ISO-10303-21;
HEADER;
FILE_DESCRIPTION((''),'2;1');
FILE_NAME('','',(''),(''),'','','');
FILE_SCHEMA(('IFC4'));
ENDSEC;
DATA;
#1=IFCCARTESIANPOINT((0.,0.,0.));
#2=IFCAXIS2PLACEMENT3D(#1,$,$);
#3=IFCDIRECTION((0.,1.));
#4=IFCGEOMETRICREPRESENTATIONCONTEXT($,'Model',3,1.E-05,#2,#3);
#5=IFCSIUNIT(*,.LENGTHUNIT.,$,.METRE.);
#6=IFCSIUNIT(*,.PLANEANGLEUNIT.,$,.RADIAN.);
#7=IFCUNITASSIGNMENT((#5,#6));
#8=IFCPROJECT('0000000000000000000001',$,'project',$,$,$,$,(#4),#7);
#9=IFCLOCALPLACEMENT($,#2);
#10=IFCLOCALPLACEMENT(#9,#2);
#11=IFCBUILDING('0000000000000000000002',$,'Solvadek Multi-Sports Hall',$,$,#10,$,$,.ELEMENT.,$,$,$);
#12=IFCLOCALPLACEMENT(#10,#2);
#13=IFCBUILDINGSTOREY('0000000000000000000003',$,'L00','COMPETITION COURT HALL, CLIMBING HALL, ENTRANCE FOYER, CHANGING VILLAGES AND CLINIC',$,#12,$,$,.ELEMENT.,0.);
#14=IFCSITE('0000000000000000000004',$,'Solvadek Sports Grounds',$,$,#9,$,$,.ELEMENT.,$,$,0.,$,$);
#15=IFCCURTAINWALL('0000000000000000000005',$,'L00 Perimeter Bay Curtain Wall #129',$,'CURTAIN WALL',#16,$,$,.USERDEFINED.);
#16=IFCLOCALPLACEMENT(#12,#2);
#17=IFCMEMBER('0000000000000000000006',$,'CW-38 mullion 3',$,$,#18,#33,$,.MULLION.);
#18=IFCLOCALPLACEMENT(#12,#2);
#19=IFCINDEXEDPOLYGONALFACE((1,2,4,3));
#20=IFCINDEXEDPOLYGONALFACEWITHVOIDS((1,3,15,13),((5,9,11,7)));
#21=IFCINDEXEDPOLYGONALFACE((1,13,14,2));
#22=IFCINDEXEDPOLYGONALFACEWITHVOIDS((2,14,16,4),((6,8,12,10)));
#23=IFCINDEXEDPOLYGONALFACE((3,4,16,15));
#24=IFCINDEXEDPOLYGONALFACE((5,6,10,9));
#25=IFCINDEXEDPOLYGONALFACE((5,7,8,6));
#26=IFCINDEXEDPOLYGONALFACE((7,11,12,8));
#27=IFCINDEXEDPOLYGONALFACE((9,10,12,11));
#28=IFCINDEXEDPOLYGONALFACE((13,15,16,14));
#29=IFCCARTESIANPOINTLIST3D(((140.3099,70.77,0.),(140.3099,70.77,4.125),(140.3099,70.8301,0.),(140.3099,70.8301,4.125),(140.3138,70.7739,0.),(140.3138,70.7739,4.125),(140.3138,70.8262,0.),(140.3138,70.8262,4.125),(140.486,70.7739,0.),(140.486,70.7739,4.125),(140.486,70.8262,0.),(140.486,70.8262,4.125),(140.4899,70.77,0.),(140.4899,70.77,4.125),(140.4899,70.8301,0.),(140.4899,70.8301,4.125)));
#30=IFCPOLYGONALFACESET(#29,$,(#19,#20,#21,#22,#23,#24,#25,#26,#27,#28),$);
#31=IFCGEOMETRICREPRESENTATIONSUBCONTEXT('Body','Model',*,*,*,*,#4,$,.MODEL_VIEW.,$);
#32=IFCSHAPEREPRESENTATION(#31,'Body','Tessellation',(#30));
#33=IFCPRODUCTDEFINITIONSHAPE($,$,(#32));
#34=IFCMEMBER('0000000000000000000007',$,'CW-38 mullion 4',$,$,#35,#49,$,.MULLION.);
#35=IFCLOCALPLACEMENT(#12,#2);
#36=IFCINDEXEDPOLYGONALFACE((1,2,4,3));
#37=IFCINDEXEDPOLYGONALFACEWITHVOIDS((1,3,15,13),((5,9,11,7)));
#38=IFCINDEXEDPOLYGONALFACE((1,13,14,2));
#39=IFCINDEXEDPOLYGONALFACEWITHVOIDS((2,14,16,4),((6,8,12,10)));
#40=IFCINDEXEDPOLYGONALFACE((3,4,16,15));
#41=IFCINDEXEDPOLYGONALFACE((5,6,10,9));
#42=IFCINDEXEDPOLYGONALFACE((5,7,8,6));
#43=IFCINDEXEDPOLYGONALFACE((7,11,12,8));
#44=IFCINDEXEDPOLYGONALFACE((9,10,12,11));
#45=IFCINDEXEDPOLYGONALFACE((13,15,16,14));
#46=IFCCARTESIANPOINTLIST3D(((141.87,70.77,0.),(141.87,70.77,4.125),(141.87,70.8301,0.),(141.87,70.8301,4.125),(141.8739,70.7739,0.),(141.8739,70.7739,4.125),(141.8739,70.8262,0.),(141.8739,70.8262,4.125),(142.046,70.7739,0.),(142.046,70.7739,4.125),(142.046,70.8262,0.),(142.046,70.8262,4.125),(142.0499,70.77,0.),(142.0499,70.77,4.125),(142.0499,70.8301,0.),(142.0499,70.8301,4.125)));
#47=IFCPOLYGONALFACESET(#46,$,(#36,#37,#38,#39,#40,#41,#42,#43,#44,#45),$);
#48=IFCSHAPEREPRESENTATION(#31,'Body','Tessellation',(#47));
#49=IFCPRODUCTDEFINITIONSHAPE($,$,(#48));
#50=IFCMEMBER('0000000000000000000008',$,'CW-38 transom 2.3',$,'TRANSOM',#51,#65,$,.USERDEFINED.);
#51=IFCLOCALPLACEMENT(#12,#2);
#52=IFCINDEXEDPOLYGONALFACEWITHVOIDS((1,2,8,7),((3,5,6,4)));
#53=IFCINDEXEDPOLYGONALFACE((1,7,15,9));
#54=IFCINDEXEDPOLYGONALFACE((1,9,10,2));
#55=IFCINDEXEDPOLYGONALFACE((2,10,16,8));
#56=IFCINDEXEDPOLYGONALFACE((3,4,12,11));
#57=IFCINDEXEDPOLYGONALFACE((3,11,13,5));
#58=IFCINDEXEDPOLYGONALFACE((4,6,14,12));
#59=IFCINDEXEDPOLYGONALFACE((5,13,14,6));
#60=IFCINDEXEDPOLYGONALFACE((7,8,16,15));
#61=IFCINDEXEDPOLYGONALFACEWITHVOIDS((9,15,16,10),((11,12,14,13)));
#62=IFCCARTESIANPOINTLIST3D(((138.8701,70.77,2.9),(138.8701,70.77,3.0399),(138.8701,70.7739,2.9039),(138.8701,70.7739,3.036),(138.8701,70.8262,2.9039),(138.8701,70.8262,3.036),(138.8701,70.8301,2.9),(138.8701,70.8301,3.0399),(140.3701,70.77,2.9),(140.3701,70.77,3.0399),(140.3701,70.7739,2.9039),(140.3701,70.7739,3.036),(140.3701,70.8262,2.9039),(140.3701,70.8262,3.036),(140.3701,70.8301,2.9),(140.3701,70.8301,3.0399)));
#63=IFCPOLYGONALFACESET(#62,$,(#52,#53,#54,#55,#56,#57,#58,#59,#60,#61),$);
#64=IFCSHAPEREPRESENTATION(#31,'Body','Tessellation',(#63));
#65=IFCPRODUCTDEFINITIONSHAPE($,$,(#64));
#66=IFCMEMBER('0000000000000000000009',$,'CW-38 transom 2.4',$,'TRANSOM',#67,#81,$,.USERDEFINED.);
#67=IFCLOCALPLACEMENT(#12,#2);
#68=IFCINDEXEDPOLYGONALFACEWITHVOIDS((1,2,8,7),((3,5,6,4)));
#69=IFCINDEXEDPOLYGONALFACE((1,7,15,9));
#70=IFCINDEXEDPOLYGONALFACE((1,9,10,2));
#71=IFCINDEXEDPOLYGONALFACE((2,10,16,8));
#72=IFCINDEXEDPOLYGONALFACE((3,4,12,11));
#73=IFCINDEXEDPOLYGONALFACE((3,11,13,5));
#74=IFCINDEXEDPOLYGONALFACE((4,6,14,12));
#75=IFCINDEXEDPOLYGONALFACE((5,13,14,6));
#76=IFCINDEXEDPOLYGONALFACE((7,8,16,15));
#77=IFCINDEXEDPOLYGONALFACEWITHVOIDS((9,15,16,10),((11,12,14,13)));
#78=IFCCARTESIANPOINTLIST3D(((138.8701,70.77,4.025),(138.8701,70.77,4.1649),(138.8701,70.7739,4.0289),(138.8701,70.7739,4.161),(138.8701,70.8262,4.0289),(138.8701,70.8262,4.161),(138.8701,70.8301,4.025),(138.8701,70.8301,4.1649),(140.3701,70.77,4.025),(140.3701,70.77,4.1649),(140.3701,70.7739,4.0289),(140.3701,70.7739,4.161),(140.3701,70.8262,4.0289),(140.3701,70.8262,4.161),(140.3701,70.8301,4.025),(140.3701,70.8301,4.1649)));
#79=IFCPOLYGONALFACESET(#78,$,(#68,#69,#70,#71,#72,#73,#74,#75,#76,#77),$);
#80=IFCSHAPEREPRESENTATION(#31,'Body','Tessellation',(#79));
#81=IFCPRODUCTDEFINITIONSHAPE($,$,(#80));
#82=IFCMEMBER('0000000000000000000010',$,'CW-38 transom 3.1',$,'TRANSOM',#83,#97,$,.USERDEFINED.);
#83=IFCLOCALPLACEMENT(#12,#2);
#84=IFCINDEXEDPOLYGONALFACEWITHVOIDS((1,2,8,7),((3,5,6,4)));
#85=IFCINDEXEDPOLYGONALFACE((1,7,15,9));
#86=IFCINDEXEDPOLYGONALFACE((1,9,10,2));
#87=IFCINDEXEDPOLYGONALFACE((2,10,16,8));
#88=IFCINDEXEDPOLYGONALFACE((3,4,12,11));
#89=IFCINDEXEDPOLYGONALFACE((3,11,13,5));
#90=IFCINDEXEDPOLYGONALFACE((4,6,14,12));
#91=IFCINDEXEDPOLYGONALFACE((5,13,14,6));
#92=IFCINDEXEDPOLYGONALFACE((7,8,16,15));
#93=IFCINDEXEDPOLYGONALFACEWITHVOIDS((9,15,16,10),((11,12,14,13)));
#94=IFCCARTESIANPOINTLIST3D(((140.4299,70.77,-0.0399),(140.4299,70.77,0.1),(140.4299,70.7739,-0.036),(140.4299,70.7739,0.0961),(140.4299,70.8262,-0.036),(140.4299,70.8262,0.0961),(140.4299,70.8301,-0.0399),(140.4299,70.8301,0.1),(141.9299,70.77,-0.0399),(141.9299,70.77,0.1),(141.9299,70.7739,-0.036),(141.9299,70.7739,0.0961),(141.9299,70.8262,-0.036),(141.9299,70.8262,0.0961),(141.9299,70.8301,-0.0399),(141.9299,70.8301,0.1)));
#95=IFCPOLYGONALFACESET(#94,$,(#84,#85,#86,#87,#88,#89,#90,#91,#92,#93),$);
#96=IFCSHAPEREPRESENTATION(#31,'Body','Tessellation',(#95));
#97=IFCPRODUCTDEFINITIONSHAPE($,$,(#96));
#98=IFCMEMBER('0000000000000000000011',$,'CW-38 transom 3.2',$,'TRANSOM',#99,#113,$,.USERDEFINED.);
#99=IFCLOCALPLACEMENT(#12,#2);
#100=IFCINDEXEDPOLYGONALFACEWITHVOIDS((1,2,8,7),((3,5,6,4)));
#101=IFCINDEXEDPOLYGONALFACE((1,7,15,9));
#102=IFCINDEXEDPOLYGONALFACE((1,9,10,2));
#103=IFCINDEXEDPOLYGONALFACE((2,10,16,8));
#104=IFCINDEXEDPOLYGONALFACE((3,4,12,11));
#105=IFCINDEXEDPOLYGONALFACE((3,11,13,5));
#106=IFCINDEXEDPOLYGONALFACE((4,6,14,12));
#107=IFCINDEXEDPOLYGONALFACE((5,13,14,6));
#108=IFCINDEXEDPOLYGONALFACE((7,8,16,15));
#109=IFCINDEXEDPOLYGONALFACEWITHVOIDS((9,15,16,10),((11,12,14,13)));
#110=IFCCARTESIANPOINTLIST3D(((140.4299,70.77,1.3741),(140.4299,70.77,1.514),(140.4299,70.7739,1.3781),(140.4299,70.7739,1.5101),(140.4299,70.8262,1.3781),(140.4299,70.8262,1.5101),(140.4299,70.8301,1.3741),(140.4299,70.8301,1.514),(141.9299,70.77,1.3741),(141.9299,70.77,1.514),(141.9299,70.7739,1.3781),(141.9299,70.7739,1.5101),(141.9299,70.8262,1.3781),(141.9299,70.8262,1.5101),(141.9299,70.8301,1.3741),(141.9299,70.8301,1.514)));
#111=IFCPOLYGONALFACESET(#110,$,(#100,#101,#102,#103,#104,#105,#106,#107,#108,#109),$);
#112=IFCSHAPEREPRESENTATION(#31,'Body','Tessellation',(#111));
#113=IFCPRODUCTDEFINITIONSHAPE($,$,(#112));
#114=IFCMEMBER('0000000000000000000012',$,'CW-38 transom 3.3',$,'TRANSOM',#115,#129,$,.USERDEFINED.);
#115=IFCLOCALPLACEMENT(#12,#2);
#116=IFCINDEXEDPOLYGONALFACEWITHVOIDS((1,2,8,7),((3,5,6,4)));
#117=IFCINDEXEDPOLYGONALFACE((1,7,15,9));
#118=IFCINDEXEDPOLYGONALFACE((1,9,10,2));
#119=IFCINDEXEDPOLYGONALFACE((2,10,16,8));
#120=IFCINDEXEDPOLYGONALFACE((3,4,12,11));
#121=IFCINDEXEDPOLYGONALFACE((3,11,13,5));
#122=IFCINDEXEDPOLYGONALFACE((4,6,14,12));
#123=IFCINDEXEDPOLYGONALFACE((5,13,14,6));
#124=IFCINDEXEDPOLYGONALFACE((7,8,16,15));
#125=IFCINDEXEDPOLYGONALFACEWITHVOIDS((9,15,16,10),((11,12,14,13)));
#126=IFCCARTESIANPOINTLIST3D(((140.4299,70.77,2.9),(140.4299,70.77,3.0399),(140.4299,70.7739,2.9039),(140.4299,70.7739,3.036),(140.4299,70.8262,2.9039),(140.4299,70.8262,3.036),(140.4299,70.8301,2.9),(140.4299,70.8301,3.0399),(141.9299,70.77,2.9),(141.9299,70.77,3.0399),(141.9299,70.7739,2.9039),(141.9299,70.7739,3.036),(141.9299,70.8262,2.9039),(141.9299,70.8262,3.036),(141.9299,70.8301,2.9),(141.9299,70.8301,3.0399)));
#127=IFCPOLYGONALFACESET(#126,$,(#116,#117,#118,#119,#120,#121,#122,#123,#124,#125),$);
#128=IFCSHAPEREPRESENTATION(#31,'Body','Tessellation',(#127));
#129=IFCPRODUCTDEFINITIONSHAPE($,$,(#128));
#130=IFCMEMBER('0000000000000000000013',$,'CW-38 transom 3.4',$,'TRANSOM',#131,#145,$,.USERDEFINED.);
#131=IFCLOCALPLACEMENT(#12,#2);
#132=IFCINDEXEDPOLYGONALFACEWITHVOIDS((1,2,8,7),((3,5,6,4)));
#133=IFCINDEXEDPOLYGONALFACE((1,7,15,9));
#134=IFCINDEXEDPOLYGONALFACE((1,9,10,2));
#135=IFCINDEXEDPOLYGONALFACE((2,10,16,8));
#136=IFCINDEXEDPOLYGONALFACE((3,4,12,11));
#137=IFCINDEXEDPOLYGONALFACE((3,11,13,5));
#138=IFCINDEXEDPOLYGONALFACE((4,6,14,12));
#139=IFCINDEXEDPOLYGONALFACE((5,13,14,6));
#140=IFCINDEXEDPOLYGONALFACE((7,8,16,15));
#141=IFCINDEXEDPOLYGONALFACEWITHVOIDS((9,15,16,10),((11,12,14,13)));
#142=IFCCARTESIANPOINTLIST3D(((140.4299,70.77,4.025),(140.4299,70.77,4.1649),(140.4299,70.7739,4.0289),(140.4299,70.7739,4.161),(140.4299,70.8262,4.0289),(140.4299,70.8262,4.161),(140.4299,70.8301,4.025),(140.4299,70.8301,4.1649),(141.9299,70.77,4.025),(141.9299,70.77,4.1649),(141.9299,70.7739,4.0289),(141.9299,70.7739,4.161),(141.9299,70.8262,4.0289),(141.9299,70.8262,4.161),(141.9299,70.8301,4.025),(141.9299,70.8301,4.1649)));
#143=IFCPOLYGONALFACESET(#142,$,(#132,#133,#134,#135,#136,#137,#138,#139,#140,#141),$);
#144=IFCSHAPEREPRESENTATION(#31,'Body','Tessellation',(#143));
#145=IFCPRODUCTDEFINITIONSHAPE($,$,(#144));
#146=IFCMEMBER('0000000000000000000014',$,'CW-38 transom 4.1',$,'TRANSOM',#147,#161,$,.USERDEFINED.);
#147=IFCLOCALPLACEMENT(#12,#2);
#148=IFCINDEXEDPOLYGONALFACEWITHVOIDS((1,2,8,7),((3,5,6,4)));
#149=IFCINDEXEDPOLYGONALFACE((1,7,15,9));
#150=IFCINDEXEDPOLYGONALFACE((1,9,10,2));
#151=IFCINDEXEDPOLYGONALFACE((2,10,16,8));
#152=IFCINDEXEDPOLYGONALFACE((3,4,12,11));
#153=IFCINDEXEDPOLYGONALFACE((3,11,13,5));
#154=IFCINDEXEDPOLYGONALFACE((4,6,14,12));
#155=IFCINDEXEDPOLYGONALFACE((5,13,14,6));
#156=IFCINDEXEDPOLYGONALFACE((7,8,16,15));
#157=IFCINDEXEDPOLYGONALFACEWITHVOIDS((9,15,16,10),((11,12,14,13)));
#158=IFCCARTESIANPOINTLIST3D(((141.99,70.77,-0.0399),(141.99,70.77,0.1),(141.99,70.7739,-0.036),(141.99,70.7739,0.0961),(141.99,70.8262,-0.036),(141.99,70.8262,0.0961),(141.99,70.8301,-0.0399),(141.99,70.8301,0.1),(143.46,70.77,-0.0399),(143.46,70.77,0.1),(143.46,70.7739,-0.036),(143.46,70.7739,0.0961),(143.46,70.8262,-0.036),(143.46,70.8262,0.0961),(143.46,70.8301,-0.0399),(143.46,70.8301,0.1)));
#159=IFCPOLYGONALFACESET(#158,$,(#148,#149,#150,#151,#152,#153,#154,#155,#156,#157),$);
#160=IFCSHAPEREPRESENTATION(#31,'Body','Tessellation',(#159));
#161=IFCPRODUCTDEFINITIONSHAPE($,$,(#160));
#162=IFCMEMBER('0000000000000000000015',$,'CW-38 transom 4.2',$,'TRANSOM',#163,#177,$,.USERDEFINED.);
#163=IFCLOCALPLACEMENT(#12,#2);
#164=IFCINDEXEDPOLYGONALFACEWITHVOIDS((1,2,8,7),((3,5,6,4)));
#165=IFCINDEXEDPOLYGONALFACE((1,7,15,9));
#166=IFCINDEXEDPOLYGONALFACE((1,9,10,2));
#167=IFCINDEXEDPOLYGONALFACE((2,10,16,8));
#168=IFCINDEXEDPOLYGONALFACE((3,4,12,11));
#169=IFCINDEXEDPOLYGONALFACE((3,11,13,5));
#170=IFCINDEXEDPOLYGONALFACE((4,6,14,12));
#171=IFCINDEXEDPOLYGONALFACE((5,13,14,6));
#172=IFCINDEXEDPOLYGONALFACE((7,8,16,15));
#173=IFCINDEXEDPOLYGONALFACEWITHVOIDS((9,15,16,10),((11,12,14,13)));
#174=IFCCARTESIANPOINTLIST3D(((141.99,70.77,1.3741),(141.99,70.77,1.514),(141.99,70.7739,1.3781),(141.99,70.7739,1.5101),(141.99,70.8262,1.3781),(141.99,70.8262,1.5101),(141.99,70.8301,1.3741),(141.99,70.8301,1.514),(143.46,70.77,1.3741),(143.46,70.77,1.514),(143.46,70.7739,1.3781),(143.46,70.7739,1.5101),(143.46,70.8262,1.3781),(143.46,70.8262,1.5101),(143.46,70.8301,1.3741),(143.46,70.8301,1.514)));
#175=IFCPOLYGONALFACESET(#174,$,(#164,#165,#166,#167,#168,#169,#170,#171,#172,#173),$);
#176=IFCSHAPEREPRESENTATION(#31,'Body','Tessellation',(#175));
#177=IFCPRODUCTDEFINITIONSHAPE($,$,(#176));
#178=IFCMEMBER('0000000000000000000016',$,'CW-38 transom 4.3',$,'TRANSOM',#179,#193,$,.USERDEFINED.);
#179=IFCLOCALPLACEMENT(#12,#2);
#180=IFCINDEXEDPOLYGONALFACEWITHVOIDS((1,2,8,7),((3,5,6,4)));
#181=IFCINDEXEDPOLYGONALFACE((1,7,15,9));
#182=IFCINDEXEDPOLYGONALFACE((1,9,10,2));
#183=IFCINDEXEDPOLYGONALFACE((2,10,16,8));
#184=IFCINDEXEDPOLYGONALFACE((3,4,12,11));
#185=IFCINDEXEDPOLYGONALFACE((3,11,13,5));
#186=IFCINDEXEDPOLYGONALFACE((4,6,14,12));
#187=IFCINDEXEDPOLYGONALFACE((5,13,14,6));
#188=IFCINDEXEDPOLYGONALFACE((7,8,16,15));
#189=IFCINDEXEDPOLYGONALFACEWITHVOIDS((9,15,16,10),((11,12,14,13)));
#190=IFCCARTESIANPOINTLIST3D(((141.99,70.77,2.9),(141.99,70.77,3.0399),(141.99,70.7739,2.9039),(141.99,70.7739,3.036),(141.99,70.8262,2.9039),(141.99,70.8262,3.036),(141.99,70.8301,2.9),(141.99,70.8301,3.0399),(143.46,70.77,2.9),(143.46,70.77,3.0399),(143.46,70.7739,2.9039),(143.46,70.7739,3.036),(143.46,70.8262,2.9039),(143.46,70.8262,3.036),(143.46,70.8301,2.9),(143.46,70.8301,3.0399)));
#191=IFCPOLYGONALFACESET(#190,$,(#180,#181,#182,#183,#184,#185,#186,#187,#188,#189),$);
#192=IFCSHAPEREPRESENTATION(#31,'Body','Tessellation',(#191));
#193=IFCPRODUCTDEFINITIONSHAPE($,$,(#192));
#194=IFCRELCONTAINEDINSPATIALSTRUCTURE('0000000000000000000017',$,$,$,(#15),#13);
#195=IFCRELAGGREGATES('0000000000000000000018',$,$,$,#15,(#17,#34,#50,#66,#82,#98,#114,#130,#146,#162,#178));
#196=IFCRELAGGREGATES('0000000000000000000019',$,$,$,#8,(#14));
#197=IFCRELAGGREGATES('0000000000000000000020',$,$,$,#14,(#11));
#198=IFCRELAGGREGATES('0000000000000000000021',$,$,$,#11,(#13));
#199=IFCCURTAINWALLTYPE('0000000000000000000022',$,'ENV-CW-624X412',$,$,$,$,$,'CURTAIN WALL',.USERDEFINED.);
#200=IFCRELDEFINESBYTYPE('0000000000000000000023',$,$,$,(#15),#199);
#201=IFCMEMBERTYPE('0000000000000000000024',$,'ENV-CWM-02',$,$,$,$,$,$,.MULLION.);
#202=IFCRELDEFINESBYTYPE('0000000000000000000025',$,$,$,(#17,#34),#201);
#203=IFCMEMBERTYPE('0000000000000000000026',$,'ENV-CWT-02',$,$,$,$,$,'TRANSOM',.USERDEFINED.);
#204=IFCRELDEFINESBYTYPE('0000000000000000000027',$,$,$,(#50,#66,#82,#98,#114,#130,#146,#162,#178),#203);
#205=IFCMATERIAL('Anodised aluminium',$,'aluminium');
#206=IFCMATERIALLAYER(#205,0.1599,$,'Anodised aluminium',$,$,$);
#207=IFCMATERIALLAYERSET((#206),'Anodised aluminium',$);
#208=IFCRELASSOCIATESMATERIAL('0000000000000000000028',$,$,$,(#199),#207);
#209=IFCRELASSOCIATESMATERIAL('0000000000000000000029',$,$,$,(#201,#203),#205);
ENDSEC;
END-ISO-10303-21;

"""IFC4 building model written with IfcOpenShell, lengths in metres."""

from ifc_helpers import new_model, si_unit, direction, frame, origin, origin_2d, place, context, subcontext, project, spatial, hollow_rectangle, extrude, material, layer, layer_set, material_profile, profile_set, type_object, element, aggregate, save


model = new_model("IFC4")

# Units and contexts
model_context = context("Model", 3, precision=1e-05, world=origin(), true_north=direction((0.0, 1.0)))
body_context = subcontext(model_context, "Body", "Model", "MODEL_VIEW")
ifc_project = project(units=[si_unit("LENGTHUNIT", "METRE"), si_unit("PLANEANGLEUNIT", "RADIAN")], contexts=[model_context])

# Site, building, storey
site_placement = place(None, origin())
site = spatial("IfcSite", under=ifc_project, at=site_placement, Name="Solvadek Sports Grounds", CompositionType="ELEMENT", RefElevation=0.0)
building_placement = place(site_placement, origin())
building = spatial("IfcBuilding", under=site, at=building_placement, Name="Solvadek Multi-Sports Hall", CompositionType="ELEMENT")
storey_placement = place(building_placement, origin())
storey = spatial("IfcBuildingStorey", under=building, at=storey_placement, Name="L00", Description="COMPETITION COURT HALL, CLIMBING HALL, ENTRANCE FOYER, CHANGING VILLAGES AND CLINIC", CompositionType="ELEMENT", Elevation=0.0)

# Curtain wall, members
ifc_material_1 = material(Name="Anodised aluminium", Category="aluminium")
ifc_layer_1 = layer(ifc_material_1, 0.1599, Name="Anodised aluminium")
ifc_layer_set_1 = layer_set([ifc_layer_1], Name="Anodised aluminium")
curtain_wall_type = type_object("IfcCurtainWallType", Name="ENV-CW-624X412", ElementType="CURTAIN WALL", PredefinedType="USERDEFINED", material=ifc_layer_set_1)
curtain_wall_placement = place(storey_placement, origin())
curtain_wall = element("IfcCurtainWall", 1, at=curtain_wall_placement, inside=storey, type_object=curtain_wall_type, Name="L00 Perimeter Bay Curtain Wall #129", ObjectType="CURTAIN WALL", PredefinedType="USERDEFINED")
ifc_material_profile_1 = material_profile(ifc_material_1, hollow_rectangle(XDim=0.0601, YDim=0.1799, WallThickness=0.0039, at=origin_2d()), Name="ALU-M 180x60x4")
ifc_profile_set_1 = profile_set([ifc_material_profile_1], Name="Anodised aluminium")
member_type_1 = type_object("IfcMemberType", Name="ENV-CWM-02", PredefinedType="MULLION", material=ifc_profile_set_1)
member_1_placement = place(storey_placement, frame((140.3999, 70.8, 0.0), z_axis=(0.0, 0.0, 1.0), x_axis=(0.0, 1.0, 0.0)))
member_1 = element("IfcMember", 2, at=member_1_placement, type_object=member_type_1, Name="CW-38 mullion 3", PredefinedType="MULLION", context=body_context, shape_type="SweptSolid", body=[
    extrude(hollow_rectangle(XDim=0.0601, YDim=0.1799, WallThickness=0.0039, at=origin_2d()), origin(), (0.0, 0.0, 1.0), 4.125),
])
member_2_placement = place(storey_placement, frame((141.96, 70.8, 0.0), z_axis=(0.0, 0.0, 1.0), x_axis=(0.0, 1.0, 0.0)))
member_2 = element("IfcMember", 3, at=member_2_placement, type_object=member_type_1, Name="CW-38 mullion 4", PredefinedType="MULLION", context=body_context, shape_type="SweptSolid", body=[
    extrude(hollow_rectangle(XDim=0.0601, YDim=0.1799, WallThickness=0.0039, at=origin_2d()), origin(), (0.0, 0.0, 1.0), 4.125),
])
ifc_material_profile_2 = material_profile(ifc_material_1, hollow_rectangle(XDim=0.0601, YDim=0.1399, WallThickness=0.0039, at=origin_2d()), Name="ALU-T 140x60x4")
ifc_profile_set_2 = profile_set([ifc_material_profile_2], Name="Anodised aluminium")
member_type_2 = type_object("IfcMemberType", Name="ENV-CWT-02", ElementType="TRANSOM", PredefinedType="USERDEFINED", material=ifc_profile_set_2)
member_3_placement = place(storey_placement, frame((138.8701, 70.8, 2.97), z_axis=(1.0, 0.0, 0.0), x_axis=(0.0, 1.0, 0.0)))
member_3 = element("IfcMember", 4, at=member_3_placement, type_object=member_type_2, Name="CW-38 transom 2.3", ObjectType="TRANSOM", PredefinedType="USERDEFINED", context=body_context, shape_type="SweptSolid", body=[
    extrude(hollow_rectangle(XDim=0.0601, YDim=0.1399, WallThickness=0.0039, at=origin_2d()), origin(), (0.0, 0.0, 1.0), 1.5),
])
member_4_placement = place(storey_placement, frame((138.8701, 70.8, 4.095), z_axis=(1.0, 0.0, 0.0), x_axis=(0.0, 1.0, 0.0)))
member_4 = element("IfcMember", 5, at=member_4_placement, type_object=member_type_2, Name="CW-38 transom 2.4", ObjectType="TRANSOM", PredefinedType="USERDEFINED", context=body_context, shape_type="SweptSolid", body=[
    extrude(hollow_rectangle(XDim=0.0601, YDim=0.1399, WallThickness=0.0039, at=origin_2d()), origin(), (0.0, 0.0, 1.0), 1.5),
])
member_5_placement = place(storey_placement, frame((140.4299, 70.8, 0.03), z_axis=(1.0, 0.0, 0.0), x_axis=(0.0, 1.0, 0.0)))
member_5 = element("IfcMember", 6, at=member_5_placement, type_object=member_type_2, Name="CW-38 transom 3.1", ObjectType="TRANSOM", PredefinedType="USERDEFINED", context=body_context, shape_type="SweptSolid", body=[
    extrude(hollow_rectangle(XDim=0.0601, YDim=0.1399, WallThickness=0.0039, at=origin_2d()), origin(), (0.0, 0.0, 1.0), 1.5),
])
member_6_placement = place(storey_placement, frame((140.4299, 70.8, 1.4441), z_axis=(1.0, 0.0, 0.0), x_axis=(0.0, 1.0, 0.0)))
member_6 = element("IfcMember", 7, at=member_6_placement, type_object=member_type_2, Name="CW-38 transom 3.2", ObjectType="TRANSOM", PredefinedType="USERDEFINED", context=body_context, shape_type="SweptSolid", body=[
    extrude(hollow_rectangle(XDim=0.0601, YDim=0.1399, WallThickness=0.0039, at=origin_2d()), origin(), (0.0, 0.0, 1.0), 1.5),
])
member_7_placement = place(storey_placement, frame((140.4299, 70.8, 2.97), z_axis=(1.0, 0.0, 0.0), x_axis=(0.0, 1.0, 0.0)))
member_7 = element("IfcMember", 8, at=member_7_placement, type_object=member_type_2, Name="CW-38 transom 3.3", ObjectType="TRANSOM", PredefinedType="USERDEFINED", context=body_context, shape_type="SweptSolid", body=[
    extrude(hollow_rectangle(XDim=0.0601, YDim=0.1399, WallThickness=0.0039, at=origin_2d()), origin(), (0.0, 0.0, 1.0), 1.5),
])
member_8_placement = place(storey_placement, frame((140.4299, 70.8, 4.095), z_axis=(1.0, 0.0, 0.0), x_axis=(0.0, 1.0, 0.0)))
member_8 = element("IfcMember", 9, at=member_8_placement, type_object=member_type_2, Name="CW-38 transom 3.4", ObjectType="TRANSOM", PredefinedType="USERDEFINED", context=body_context, shape_type="SweptSolid", body=[
    extrude(hollow_rectangle(XDim=0.0601, YDim=0.1399, WallThickness=0.0039, at=origin_2d()), origin(), (0.0, 0.0, 1.0), 1.5),
])
member_9_placement = place(storey_placement, frame((141.99, 70.8, 0.03), z_axis=(1.0, 0.0, 0.0), x_axis=(0.0, 1.0, 0.0)))
member_9 = element("IfcMember", 10, at=member_9_placement, type_object=member_type_2, Name="CW-38 transom 4.1", ObjectType="TRANSOM", PredefinedType="USERDEFINED", context=body_context, shape_type="SweptSolid", body=[
    extrude(hollow_rectangle(XDim=0.0601, YDim=0.1399, WallThickness=0.0039, at=origin_2d()), origin(), (0.0, 0.0, 1.0), 1.47),
])
member_10_placement = place(storey_placement, frame((141.99, 70.8, 1.4441), z_axis=(1.0, 0.0, 0.0), x_axis=(0.0, 1.0, 0.0)))
member_10 = element("IfcMember", 11, at=member_10_placement, type_object=member_type_2, Name="CW-38 transom 4.2", ObjectType="TRANSOM", PredefinedType="USERDEFINED", context=body_context, shape_type="SweptSolid", body=[
    extrude(hollow_rectangle(XDim=0.0601, YDim=0.1399, WallThickness=0.0039, at=origin_2d()), origin(), (0.0, 0.0, 1.0), 1.47),
])
member_11_placement = place(storey_placement, frame((141.99, 70.8, 2.97), z_axis=(1.0, 0.0, 0.0), x_axis=(0.0, 1.0, 0.0)))
member_11 = element("IfcMember", 12, at=member_11_placement, type_object=member_type_2, Name="CW-38 transom 4.3", ObjectType="TRANSOM", PredefinedType="USERDEFINED", context=body_context, shape_type="SweptSolid", body=[
    extrude(hollow_rectangle(XDim=0.0601, YDim=0.1399, WallThickness=0.0039, at=origin_2d()), origin(), (0.0, 0.0, 1.0), 1.47),
])
aggregate(curtain_wall, [member_1, member_2, member_3, member_4, member_5, member_6, member_7, member_8, member_9, member_10, member_11])

save(model, "model.ifc")
